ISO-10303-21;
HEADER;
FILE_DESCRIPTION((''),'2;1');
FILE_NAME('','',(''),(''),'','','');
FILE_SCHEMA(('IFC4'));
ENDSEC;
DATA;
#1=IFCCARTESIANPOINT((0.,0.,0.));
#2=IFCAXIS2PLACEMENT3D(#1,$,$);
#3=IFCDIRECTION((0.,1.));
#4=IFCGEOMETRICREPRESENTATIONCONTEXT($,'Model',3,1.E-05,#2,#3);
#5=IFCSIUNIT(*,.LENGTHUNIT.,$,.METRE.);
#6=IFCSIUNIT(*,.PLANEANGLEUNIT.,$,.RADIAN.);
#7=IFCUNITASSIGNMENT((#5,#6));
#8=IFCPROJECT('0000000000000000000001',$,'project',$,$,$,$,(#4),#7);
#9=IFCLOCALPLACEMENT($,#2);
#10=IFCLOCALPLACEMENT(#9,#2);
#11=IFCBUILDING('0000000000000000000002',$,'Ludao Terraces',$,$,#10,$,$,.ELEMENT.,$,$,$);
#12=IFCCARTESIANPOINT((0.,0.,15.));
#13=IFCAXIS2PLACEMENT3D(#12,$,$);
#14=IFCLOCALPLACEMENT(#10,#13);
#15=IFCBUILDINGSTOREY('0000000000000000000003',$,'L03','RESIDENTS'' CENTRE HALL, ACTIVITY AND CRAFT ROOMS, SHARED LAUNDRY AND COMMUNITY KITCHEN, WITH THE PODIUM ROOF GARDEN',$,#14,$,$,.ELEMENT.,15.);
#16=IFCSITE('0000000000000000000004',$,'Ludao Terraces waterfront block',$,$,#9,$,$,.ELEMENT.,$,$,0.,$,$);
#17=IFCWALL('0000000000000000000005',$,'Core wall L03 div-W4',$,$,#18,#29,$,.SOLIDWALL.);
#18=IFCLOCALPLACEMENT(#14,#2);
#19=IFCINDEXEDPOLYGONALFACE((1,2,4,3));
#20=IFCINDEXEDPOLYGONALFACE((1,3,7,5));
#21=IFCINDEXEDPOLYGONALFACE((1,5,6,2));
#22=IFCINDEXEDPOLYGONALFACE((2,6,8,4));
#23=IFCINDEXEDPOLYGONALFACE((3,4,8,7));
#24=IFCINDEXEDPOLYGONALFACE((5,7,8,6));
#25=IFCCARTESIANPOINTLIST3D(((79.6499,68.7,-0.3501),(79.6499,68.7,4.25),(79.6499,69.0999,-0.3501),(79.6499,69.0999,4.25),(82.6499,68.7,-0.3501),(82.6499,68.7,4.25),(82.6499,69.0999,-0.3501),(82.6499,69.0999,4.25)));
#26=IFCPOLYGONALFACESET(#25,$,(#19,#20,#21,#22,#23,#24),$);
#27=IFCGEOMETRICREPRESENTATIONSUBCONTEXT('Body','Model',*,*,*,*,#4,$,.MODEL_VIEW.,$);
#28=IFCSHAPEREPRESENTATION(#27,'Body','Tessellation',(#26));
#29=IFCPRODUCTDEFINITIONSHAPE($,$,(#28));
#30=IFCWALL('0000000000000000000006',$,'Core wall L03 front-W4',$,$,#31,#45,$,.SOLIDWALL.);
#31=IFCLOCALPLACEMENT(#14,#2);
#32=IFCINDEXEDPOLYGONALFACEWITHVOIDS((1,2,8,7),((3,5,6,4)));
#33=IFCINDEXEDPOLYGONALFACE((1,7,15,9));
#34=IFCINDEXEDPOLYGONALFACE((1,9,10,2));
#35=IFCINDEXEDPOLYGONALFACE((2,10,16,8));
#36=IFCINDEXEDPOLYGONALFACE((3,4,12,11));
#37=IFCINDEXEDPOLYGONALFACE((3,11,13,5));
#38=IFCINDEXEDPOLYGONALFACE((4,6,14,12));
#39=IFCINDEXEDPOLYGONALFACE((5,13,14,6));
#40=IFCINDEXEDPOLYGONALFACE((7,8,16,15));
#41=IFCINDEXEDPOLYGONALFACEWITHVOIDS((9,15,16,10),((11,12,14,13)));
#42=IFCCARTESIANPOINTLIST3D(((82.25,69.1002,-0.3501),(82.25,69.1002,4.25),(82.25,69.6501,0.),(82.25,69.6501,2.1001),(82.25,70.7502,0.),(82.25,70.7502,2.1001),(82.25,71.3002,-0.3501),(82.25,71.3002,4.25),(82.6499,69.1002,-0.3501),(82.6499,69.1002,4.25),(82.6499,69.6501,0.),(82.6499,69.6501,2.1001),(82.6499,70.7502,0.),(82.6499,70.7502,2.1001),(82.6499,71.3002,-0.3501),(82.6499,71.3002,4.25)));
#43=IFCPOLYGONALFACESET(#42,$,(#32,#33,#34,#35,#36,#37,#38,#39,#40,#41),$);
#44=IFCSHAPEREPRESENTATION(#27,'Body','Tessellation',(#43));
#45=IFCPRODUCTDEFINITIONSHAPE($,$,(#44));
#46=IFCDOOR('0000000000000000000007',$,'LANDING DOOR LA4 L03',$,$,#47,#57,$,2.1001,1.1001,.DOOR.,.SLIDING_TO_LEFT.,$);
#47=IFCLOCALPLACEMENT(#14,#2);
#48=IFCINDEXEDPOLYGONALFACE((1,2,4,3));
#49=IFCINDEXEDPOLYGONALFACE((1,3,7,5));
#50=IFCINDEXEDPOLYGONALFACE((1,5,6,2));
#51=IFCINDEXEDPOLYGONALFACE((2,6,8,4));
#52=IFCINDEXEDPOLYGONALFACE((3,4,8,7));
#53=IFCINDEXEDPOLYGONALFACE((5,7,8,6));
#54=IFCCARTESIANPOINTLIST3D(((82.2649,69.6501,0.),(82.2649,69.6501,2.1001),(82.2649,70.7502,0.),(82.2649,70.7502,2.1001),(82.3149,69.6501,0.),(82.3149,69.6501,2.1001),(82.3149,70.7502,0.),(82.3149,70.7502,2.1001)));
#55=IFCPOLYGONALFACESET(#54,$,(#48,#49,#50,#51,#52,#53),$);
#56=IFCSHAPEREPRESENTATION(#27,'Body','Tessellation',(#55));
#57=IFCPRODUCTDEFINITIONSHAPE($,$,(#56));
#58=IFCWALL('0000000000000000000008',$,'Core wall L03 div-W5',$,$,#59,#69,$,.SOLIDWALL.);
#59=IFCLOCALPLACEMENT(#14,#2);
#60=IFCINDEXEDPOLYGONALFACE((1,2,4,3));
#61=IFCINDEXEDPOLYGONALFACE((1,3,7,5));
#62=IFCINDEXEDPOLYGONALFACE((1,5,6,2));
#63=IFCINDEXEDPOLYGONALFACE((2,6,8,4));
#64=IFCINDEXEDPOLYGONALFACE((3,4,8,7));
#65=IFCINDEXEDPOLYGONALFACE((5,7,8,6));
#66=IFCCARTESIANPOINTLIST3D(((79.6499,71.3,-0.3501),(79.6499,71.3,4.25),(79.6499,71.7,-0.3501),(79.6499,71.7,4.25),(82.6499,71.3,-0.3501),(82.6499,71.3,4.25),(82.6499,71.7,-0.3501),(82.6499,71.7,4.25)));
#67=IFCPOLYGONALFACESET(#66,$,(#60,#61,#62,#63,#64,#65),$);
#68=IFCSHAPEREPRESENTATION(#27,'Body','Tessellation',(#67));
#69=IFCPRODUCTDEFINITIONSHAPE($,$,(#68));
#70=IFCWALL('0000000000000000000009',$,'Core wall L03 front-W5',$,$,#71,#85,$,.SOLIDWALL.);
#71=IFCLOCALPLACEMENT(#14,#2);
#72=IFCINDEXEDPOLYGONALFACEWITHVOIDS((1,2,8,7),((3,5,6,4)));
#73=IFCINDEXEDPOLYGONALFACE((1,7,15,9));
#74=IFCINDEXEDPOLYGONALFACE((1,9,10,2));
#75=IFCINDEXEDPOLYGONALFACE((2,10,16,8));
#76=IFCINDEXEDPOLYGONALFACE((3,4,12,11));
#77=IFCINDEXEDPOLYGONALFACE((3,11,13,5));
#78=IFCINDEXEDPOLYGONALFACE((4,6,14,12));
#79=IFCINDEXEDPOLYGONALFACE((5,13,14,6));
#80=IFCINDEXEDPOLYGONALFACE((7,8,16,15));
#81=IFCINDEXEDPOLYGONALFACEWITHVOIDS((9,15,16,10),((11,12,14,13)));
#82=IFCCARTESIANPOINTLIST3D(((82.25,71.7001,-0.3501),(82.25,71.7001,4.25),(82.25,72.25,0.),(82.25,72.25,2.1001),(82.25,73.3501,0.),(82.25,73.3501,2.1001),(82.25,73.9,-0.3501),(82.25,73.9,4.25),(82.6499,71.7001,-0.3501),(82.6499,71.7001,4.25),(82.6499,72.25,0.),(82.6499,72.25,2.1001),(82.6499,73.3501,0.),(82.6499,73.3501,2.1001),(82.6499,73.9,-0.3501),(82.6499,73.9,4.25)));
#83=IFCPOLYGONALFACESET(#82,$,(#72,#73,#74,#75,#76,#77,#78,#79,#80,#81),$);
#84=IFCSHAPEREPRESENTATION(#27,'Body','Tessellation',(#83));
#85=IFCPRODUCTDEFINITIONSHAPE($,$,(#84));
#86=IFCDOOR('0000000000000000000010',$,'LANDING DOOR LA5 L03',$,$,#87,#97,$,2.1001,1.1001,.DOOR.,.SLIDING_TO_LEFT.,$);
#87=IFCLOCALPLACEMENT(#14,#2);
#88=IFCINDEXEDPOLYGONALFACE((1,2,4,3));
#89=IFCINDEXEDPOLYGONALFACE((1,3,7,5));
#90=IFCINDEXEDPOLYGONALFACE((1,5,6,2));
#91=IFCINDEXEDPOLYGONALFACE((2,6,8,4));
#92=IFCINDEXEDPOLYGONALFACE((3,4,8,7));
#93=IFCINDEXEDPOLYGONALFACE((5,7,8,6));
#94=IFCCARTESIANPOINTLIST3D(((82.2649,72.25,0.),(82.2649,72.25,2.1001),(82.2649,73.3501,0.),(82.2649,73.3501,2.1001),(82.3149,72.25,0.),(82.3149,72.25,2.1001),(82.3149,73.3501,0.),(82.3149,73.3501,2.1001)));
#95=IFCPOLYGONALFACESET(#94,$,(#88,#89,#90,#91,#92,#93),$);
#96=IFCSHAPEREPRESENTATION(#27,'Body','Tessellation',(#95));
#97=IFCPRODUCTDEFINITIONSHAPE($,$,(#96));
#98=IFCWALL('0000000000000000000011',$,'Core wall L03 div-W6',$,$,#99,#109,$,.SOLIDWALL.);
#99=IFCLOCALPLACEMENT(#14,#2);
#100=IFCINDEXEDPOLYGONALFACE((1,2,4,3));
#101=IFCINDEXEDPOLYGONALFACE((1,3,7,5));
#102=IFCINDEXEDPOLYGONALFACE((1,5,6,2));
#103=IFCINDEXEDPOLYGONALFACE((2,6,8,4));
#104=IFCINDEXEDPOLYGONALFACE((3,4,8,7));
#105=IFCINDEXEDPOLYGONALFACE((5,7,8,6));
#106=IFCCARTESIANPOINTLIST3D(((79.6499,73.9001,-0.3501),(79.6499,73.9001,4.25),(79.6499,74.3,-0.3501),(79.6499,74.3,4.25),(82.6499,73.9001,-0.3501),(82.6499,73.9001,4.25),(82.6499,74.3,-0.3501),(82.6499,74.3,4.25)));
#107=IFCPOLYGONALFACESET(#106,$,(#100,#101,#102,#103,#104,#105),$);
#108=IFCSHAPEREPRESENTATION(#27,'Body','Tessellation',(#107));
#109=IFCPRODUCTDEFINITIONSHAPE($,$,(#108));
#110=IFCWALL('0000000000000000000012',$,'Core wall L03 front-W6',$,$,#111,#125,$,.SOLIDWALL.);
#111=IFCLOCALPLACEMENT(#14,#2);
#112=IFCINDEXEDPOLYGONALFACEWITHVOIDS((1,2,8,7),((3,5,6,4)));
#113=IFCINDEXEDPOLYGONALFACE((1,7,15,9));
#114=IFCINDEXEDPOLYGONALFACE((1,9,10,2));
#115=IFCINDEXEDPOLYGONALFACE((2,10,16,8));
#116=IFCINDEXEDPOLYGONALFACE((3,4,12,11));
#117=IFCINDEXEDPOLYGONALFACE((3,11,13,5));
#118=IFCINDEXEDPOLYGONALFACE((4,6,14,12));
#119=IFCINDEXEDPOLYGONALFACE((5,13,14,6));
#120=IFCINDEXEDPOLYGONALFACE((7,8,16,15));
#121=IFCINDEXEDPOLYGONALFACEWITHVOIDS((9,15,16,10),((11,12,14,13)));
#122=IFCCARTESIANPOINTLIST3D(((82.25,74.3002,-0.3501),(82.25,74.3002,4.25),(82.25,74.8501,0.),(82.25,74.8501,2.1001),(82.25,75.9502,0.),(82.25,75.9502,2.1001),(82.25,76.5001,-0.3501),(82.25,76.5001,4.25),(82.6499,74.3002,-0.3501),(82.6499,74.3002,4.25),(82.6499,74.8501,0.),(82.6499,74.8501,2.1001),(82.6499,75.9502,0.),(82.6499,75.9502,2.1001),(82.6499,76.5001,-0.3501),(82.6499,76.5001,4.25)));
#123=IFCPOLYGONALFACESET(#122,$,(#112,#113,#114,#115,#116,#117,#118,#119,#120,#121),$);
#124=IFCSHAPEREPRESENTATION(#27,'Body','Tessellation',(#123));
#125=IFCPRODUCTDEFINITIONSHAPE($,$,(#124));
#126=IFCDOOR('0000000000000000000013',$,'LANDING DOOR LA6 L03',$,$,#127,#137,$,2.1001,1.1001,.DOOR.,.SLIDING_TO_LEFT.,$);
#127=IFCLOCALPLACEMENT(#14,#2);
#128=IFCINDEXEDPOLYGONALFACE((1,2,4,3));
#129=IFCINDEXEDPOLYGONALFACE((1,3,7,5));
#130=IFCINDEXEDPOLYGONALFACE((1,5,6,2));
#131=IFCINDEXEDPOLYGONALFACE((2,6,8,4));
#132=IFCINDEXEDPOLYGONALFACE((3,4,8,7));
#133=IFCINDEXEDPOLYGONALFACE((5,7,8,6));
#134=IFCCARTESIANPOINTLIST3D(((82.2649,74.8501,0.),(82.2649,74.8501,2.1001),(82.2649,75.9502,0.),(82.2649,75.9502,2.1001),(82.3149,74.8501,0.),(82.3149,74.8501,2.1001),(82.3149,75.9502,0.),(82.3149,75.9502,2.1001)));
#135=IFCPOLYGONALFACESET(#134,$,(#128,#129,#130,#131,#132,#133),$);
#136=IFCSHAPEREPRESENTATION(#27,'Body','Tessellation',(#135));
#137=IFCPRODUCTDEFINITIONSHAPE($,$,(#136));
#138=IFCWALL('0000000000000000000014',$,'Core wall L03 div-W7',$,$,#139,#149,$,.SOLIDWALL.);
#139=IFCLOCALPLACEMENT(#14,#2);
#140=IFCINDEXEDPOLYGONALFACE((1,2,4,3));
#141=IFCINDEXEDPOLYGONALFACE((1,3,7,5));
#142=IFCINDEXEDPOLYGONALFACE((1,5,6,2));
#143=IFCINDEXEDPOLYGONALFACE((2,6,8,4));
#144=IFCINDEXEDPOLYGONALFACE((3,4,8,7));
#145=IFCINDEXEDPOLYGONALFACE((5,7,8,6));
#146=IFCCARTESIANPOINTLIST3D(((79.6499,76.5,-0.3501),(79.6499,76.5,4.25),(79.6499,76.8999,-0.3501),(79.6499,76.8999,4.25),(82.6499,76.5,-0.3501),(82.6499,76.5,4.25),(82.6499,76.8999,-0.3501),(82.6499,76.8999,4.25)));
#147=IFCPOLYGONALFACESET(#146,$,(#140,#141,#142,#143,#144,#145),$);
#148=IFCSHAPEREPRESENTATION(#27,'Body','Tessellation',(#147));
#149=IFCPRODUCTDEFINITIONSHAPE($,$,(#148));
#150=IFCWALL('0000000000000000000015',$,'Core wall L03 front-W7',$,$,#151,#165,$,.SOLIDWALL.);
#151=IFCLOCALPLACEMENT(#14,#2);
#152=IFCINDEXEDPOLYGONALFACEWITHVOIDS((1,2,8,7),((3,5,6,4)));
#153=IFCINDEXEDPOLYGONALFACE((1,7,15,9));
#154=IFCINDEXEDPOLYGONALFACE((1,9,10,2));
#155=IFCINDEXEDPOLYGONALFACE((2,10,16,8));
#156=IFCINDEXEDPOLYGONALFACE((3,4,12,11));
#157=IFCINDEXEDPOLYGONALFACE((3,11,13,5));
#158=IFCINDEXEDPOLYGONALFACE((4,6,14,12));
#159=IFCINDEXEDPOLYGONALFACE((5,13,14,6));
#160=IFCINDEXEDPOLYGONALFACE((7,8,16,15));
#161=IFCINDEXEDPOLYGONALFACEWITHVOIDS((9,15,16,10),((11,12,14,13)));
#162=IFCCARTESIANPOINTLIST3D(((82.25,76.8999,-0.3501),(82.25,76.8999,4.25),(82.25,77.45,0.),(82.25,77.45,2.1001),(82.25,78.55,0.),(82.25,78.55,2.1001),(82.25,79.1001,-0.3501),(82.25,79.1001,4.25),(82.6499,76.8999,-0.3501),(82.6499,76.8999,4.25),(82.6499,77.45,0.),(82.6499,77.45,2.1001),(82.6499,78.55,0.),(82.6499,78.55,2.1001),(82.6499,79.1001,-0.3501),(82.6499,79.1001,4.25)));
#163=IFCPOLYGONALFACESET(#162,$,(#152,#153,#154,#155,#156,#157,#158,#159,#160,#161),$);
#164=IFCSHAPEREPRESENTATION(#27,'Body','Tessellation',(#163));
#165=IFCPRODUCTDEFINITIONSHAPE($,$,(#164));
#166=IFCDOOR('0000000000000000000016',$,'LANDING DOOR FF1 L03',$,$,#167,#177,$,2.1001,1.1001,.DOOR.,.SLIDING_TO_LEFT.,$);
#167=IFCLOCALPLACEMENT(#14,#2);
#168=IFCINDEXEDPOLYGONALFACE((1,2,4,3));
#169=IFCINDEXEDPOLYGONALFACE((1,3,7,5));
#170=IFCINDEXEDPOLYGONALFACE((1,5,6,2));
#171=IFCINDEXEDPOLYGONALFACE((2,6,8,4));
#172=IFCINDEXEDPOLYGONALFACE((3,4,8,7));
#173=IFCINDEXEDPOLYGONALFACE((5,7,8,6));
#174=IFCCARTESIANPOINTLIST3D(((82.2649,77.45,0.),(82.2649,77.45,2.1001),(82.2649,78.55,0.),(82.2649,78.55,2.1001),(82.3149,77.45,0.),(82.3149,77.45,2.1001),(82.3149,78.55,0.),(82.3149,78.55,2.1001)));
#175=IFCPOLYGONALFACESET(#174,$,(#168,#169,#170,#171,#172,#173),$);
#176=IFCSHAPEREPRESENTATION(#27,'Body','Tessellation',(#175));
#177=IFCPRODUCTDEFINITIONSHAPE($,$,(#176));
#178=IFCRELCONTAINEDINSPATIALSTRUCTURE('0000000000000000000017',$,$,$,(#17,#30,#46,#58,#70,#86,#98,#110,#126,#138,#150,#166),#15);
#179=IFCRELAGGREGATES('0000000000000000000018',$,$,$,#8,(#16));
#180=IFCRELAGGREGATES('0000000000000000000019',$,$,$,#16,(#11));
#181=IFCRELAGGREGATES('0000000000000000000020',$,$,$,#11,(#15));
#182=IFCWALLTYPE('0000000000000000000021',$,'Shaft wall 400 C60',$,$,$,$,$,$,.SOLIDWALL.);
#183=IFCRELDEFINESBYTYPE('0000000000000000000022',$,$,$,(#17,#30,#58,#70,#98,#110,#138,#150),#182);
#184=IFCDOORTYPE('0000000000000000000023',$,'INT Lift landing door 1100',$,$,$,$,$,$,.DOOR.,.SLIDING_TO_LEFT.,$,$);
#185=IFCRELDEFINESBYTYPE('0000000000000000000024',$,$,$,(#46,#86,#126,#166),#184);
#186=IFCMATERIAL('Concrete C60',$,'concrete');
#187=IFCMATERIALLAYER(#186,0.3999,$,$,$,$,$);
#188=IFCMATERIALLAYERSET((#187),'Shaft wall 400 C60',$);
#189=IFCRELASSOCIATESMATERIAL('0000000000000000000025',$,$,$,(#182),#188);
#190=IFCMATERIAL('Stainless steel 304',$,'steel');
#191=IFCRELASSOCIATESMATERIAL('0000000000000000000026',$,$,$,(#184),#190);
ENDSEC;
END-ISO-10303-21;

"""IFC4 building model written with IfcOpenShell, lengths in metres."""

from ifc_helpers import new_model, si_unit, direction, frame, frame_2d, origin, place, context, subcontext, project, spatial, rectangle, extrude, material, layer, layer_set, type_object, element, fill, save


model = new_model("IFC4")

# Units and contexts
model_context = context("Model", 3, precision=1e-05, world=origin(), true_north=direction((0.0, 1.0)))
body_context = subcontext(model_context, "Body", "Model", "MODEL_VIEW")
ifc_project = project(units=[si_unit("LENGTHUNIT", "METRE"), si_unit("PLANEANGLEUNIT", "RADIAN")], contexts=[model_context])

# Site, building, storey
site_placement = place(None, origin())
site = spatial("IfcSite", under=ifc_project, at=site_placement, Name="Ludao Terraces waterfront block", CompositionType="ELEMENT", RefElevation=0.0)
building_placement = place(site_placement, origin())
building = spatial("IfcBuilding", under=site, at=building_placement, Name="Ludao Terraces", CompositionType="ELEMENT")
storey_placement = place(building_placement, frame((0.0, 0.0, 15.0)))
storey = spatial("IfcBuildingStorey", under=building, at=storey_placement, Name="L03", Description="RESIDENTS' CENTRE HALL, ACTIVITY AND CRAFT ROOMS, SHARED LAUNDRY AND COMMUNITY KITCHEN, WITH THE PODIUM ROOF GARDEN", CompositionType="ELEMENT", Elevation=15.0)

# Shared definitions
ifc_material_1 = material(Name="Concrete C60", Category="concrete")
ifc_layer_1 = layer(ifc_material_1, 0.3999)
ifc_layer_set_1 = layer_set([ifc_layer_1], Name="Shaft wall 400 C60")
wall_type_1 = type_object("IfcWallType", Name="Shaft wall 400 C60", PredefinedType="SOLIDWALL", material=ifc_layer_set_1)

# Shared definitions
ifc_material_2 = material(Name="Stainless steel 304", Category="steel")
door_type_1 = type_object("IfcDoorType", Name="INT Lift landing door 1100", OperationType="SLIDING_TO_LEFT", PredefinedType="DOOR", material=ifc_material_2)

# Wall
wall_1_placement = place(storey_placement, frame((79.6499, 68.8999, -0.3501), z_axis=(0.0, 0.0, 1.0), x_axis=(1.0, 0.0, 0.0)))
element("IfcWall", 1, at=wall_1_placement, inside=storey, type_object=wall_type_1, Name="Core wall L03 div-W4", PredefinedType="SOLIDWALL", context=body_context, shape_type="SweptSolid", body=[
    extrude(rectangle(XDim=3.0, YDim=0.3999, at=frame_2d((1.5, 0.0))), origin(), (0.0, 0.0, 1.0), 4.6001),
])

# Wall, opening, door
wall_2_placement = place(storey_placement, frame((82.45, 69.1001, -0.3501), z_axis=(0.0, 0.0, 1.0), x_axis=(0.0, 1.0, 0.0)))
wall_2 = element("IfcWall", 2, at=wall_2_placement, inside=storey, type_object=wall_type_1, Name="Core wall L03 front-W4", PredefinedType="SOLIDWALL", context=body_context, shape_type="SweptSolid", body=[
    extrude(rectangle(XDim=2.2, YDim=0.3999, at=frame_2d((1.1001, 0.0))), origin(), (0.0, 0.0, 1.0), 4.6001),
])
opening_1_placement = place(wall_2_placement, frame((0.55, 0.0, 0.3501)))
opening_1 = element("IfcOpeningElement", 3, at=opening_1_placement, cuts=wall_2, PredefinedType="OPENING", context=body_context, shape_type="SweptSolid", body=[
    extrude(rectangle(XDim=1.1001, YDim=2.1001, at=frame_2d((0.55, 1.05))), frame((0.0, 0.21, 0.0), z_axis=(0.0, -1.0, 0.0), x_axis=(1.0, 0.0, 0.0)), (0.0, 0.0, 1.0), 0.4199),
])
door_1_placement = place(opening_1_placement, origin())
door_1 = element("IfcDoor", 4, at=door_1_placement, inside=storey, type_object=door_type_1, Name="LANDING DOOR LA4 L03", OperationType="SLIDING_TO_LEFT", OverallHeight=2.1001, OverallWidth=1.1001, PredefinedType="DOOR", context=body_context, shape_type="SweptSolid", body=[
    extrude(rectangle(XDim=1.1001, YDim=2.1001, at=frame_2d((0.55, 1.05))), frame((0.0, 0.1851, 0.0), z_axis=(0.0, -1.0, 0.0), x_axis=(1.0, 0.0, 0.0)), (0.0, 0.0, 1.0), 0.05),
])
fill(opening_1, door_1)

# Wall
wall_3_placement = place(storey_placement, frame((79.6499, 71.5, -0.3501), z_axis=(0.0, 0.0, 1.0), x_axis=(1.0, 0.0, 0.0)))
element("IfcWall", 5, at=wall_3_placement, inside=storey, type_object=wall_type_1, Name="Core wall L03 div-W5", PredefinedType="SOLIDWALL", context=body_context, shape_type="SweptSolid", body=[
    extrude(rectangle(XDim=3.0, YDim=0.3999, at=frame_2d((1.5, 0.0))), origin(), (0.0, 0.0, 1.0), 4.6001),
])

# Wall, opening, door
wall_4_placement = place(storey_placement, frame((82.45, 71.7, -0.3501), z_axis=(0.0, 0.0, 1.0), x_axis=(0.0, 1.0, 0.0)))
wall_4 = element("IfcWall", 6, at=wall_4_placement, inside=storey, type_object=wall_type_1, Name="Core wall L03 front-W5", PredefinedType="SOLIDWALL", context=body_context, shape_type="SweptSolid", body=[
    extrude(rectangle(XDim=2.2, YDim=0.3999, at=frame_2d((1.1001, 0.0))), origin(), (0.0, 0.0, 1.0), 4.6001),
])
opening_2_placement = place(wall_4_placement, frame((0.55, 0.0, 0.3501)))
opening_2 = element("IfcOpeningElement", 7, at=opening_2_placement, cuts=wall_4, PredefinedType="OPENING", context=body_context, shape_type="SweptSolid", body=[
    extrude(rectangle(XDim=1.1001, YDim=2.1001, at=frame_2d((0.55, 1.05))), frame((0.0, 0.21, 0.0), z_axis=(0.0, -1.0, 0.0), x_axis=(1.0, 0.0, 0.0)), (0.0, 0.0, 1.0), 0.4199),
])
door_2_placement = place(opening_2_placement, origin())
door_2 = element("IfcDoor", 8, at=door_2_placement, inside=storey, type_object=door_type_1, Name="LANDING DOOR LA5 L03", OperationType="SLIDING_TO_LEFT", OverallHeight=2.1001, OverallWidth=1.1001, PredefinedType="DOOR", context=body_context, shape_type="SweptSolid", body=[
    extrude(rectangle(XDim=1.1001, YDim=2.1001, at=frame_2d((0.55, 1.05))), frame((0.0, 0.1851, 0.0), z_axis=(0.0, -1.0, 0.0), x_axis=(1.0, 0.0, 0.0)), (0.0, 0.0, 1.0), 0.05),
])
fill(opening_2, door_2)

# Wall
wall_5_placement = place(storey_placement, frame((79.6499, 74.1001, -0.3501), z_axis=(0.0, 0.0, 1.0), x_axis=(1.0, 0.0, 0.0)))
element("IfcWall", 9, at=wall_5_placement, inside=storey, type_object=wall_type_1, Name="Core wall L03 div-W6", PredefinedType="SOLIDWALL", context=body_context, shape_type="SweptSolid", body=[
    extrude(rectangle(XDim=3.0, YDim=0.3999, at=frame_2d((1.5, 0.0))), origin(), (0.0, 0.0, 1.0), 4.6001),
])

# Wall, opening, door
wall_6_placement = place(storey_placement, frame((82.45, 74.3, -0.3501), z_axis=(0.0, 0.0, 1.0), x_axis=(0.0, 1.0, 0.0)))
wall_6 = element("IfcWall", 10, at=wall_6_placement, inside=storey, type_object=wall_type_1, Name="Core wall L03 front-W6", PredefinedType="SOLIDWALL", context=body_context, shape_type="SweptSolid", body=[
    extrude(rectangle(XDim=2.2, YDim=0.3999, at=frame_2d((1.1001, 0.0))), origin(), (0.0, 0.0, 1.0), 4.6001),
])
opening_3_placement = place(wall_6_placement, frame((0.55, 0.0, 0.3501)))
opening_3 = element("IfcOpeningElement", 11, at=opening_3_placement, cuts=wall_6, PredefinedType="OPENING", context=body_context, shape_type="SweptSolid", body=[
    extrude(rectangle(XDim=1.1001, YDim=2.1001, at=frame_2d((0.55, 1.05))), frame((0.0, 0.21, 0.0), z_axis=(0.0, -1.0, 0.0), x_axis=(1.0, 0.0, 0.0)), (0.0, 0.0, 1.0), 0.4199),
])
door_3_placement = place(opening_3_placement, origin())
door_3 = element("IfcDoor", 12, at=door_3_placement, inside=storey, type_object=door_type_1, Name="LANDING DOOR LA6 L03", OperationType="SLIDING_TO_LEFT", OverallHeight=2.1001, OverallWidth=1.1001, PredefinedType="DOOR", context=body_context, shape_type="SweptSolid", body=[
    extrude(rectangle(XDim=1.1001, YDim=2.1001, at=frame_2d((0.55, 1.05))), frame((0.0, 0.1851, 0.0), z_axis=(0.0, -1.0, 0.0), x_axis=(1.0, 0.0, 0.0)), (0.0, 0.0, 1.0), 0.05),
])
fill(opening_3, door_3)

# Wall
wall_7_placement = place(storey_placement, frame((79.6499, 76.7, -0.3501), z_axis=(0.0, 0.0, 1.0), x_axis=(1.0, 0.0, 0.0)))
element("IfcWall", 13, at=wall_7_placement, inside=storey, type_object=wall_type_1, Name="Core wall L03 div-W7", PredefinedType="SOLIDWALL", context=body_context, shape_type="SweptSolid", body=[
    extrude(rectangle(XDim=3.0, YDim=0.3999, at=frame_2d((1.5, 0.0))), origin(), (0.0, 0.0, 1.0), 4.6001),
])

# Wall, opening, door
wall_8_placement = place(storey_placement, frame((82.45, 76.8999, -0.3501), z_axis=(0.0, 0.0, 1.0), x_axis=(0.0, 1.0, 0.0)))
wall_8 = element("IfcWall", 14, at=wall_8_placement, inside=storey, type_object=wall_type_1, Name="Core wall L03 front-W7", PredefinedType="SOLIDWALL", context=body_context, shape_type="SweptSolid", body=[
    extrude(rectangle(XDim=2.2002, YDim=0.3999, at=frame_2d((1.1001, 0.0))), origin(), (0.0, 0.0, 1.0), 4.6001),
])
opening_4_placement = place(wall_8_placement, frame((0.55, 0.0, 0.3501)))
opening_4 = element("IfcOpeningElement", 15, at=opening_4_placement, cuts=wall_8, PredefinedType="OPENING", context=body_context, shape_type="SweptSolid", body=[
    extrude(rectangle(XDim=1.1001, YDim=2.1001, at=frame_2d((0.55, 1.05))), frame((0.0, 0.21, 0.0), z_axis=(0.0, -1.0, 0.0), x_axis=(1.0, 0.0, 0.0)), (0.0, 0.0, 1.0), 0.4199),
])
door_4_placement = place(opening_4_placement, origin())
door_4 = element("IfcDoor", 16, at=door_4_placement, inside=storey, type_object=door_type_1, Name="LANDING DOOR FF1 L03", OperationType="SLIDING_TO_LEFT", OverallHeight=2.1001, OverallWidth=1.1001, PredefinedType="DOOR", context=body_context, shape_type="SweptSolid", body=[
    extrude(rectangle(XDim=1.1001, YDim=2.1001, at=frame_2d((0.55, 1.05))), frame((0.0, 0.1851, 0.0), z_axis=(0.0, -1.0, 0.0), x_axis=(1.0, 0.0, 0.0)), (0.0, 0.0, 1.0), 0.05),
])
fill(opening_4, door_4)

save(model, "model.ifc")
